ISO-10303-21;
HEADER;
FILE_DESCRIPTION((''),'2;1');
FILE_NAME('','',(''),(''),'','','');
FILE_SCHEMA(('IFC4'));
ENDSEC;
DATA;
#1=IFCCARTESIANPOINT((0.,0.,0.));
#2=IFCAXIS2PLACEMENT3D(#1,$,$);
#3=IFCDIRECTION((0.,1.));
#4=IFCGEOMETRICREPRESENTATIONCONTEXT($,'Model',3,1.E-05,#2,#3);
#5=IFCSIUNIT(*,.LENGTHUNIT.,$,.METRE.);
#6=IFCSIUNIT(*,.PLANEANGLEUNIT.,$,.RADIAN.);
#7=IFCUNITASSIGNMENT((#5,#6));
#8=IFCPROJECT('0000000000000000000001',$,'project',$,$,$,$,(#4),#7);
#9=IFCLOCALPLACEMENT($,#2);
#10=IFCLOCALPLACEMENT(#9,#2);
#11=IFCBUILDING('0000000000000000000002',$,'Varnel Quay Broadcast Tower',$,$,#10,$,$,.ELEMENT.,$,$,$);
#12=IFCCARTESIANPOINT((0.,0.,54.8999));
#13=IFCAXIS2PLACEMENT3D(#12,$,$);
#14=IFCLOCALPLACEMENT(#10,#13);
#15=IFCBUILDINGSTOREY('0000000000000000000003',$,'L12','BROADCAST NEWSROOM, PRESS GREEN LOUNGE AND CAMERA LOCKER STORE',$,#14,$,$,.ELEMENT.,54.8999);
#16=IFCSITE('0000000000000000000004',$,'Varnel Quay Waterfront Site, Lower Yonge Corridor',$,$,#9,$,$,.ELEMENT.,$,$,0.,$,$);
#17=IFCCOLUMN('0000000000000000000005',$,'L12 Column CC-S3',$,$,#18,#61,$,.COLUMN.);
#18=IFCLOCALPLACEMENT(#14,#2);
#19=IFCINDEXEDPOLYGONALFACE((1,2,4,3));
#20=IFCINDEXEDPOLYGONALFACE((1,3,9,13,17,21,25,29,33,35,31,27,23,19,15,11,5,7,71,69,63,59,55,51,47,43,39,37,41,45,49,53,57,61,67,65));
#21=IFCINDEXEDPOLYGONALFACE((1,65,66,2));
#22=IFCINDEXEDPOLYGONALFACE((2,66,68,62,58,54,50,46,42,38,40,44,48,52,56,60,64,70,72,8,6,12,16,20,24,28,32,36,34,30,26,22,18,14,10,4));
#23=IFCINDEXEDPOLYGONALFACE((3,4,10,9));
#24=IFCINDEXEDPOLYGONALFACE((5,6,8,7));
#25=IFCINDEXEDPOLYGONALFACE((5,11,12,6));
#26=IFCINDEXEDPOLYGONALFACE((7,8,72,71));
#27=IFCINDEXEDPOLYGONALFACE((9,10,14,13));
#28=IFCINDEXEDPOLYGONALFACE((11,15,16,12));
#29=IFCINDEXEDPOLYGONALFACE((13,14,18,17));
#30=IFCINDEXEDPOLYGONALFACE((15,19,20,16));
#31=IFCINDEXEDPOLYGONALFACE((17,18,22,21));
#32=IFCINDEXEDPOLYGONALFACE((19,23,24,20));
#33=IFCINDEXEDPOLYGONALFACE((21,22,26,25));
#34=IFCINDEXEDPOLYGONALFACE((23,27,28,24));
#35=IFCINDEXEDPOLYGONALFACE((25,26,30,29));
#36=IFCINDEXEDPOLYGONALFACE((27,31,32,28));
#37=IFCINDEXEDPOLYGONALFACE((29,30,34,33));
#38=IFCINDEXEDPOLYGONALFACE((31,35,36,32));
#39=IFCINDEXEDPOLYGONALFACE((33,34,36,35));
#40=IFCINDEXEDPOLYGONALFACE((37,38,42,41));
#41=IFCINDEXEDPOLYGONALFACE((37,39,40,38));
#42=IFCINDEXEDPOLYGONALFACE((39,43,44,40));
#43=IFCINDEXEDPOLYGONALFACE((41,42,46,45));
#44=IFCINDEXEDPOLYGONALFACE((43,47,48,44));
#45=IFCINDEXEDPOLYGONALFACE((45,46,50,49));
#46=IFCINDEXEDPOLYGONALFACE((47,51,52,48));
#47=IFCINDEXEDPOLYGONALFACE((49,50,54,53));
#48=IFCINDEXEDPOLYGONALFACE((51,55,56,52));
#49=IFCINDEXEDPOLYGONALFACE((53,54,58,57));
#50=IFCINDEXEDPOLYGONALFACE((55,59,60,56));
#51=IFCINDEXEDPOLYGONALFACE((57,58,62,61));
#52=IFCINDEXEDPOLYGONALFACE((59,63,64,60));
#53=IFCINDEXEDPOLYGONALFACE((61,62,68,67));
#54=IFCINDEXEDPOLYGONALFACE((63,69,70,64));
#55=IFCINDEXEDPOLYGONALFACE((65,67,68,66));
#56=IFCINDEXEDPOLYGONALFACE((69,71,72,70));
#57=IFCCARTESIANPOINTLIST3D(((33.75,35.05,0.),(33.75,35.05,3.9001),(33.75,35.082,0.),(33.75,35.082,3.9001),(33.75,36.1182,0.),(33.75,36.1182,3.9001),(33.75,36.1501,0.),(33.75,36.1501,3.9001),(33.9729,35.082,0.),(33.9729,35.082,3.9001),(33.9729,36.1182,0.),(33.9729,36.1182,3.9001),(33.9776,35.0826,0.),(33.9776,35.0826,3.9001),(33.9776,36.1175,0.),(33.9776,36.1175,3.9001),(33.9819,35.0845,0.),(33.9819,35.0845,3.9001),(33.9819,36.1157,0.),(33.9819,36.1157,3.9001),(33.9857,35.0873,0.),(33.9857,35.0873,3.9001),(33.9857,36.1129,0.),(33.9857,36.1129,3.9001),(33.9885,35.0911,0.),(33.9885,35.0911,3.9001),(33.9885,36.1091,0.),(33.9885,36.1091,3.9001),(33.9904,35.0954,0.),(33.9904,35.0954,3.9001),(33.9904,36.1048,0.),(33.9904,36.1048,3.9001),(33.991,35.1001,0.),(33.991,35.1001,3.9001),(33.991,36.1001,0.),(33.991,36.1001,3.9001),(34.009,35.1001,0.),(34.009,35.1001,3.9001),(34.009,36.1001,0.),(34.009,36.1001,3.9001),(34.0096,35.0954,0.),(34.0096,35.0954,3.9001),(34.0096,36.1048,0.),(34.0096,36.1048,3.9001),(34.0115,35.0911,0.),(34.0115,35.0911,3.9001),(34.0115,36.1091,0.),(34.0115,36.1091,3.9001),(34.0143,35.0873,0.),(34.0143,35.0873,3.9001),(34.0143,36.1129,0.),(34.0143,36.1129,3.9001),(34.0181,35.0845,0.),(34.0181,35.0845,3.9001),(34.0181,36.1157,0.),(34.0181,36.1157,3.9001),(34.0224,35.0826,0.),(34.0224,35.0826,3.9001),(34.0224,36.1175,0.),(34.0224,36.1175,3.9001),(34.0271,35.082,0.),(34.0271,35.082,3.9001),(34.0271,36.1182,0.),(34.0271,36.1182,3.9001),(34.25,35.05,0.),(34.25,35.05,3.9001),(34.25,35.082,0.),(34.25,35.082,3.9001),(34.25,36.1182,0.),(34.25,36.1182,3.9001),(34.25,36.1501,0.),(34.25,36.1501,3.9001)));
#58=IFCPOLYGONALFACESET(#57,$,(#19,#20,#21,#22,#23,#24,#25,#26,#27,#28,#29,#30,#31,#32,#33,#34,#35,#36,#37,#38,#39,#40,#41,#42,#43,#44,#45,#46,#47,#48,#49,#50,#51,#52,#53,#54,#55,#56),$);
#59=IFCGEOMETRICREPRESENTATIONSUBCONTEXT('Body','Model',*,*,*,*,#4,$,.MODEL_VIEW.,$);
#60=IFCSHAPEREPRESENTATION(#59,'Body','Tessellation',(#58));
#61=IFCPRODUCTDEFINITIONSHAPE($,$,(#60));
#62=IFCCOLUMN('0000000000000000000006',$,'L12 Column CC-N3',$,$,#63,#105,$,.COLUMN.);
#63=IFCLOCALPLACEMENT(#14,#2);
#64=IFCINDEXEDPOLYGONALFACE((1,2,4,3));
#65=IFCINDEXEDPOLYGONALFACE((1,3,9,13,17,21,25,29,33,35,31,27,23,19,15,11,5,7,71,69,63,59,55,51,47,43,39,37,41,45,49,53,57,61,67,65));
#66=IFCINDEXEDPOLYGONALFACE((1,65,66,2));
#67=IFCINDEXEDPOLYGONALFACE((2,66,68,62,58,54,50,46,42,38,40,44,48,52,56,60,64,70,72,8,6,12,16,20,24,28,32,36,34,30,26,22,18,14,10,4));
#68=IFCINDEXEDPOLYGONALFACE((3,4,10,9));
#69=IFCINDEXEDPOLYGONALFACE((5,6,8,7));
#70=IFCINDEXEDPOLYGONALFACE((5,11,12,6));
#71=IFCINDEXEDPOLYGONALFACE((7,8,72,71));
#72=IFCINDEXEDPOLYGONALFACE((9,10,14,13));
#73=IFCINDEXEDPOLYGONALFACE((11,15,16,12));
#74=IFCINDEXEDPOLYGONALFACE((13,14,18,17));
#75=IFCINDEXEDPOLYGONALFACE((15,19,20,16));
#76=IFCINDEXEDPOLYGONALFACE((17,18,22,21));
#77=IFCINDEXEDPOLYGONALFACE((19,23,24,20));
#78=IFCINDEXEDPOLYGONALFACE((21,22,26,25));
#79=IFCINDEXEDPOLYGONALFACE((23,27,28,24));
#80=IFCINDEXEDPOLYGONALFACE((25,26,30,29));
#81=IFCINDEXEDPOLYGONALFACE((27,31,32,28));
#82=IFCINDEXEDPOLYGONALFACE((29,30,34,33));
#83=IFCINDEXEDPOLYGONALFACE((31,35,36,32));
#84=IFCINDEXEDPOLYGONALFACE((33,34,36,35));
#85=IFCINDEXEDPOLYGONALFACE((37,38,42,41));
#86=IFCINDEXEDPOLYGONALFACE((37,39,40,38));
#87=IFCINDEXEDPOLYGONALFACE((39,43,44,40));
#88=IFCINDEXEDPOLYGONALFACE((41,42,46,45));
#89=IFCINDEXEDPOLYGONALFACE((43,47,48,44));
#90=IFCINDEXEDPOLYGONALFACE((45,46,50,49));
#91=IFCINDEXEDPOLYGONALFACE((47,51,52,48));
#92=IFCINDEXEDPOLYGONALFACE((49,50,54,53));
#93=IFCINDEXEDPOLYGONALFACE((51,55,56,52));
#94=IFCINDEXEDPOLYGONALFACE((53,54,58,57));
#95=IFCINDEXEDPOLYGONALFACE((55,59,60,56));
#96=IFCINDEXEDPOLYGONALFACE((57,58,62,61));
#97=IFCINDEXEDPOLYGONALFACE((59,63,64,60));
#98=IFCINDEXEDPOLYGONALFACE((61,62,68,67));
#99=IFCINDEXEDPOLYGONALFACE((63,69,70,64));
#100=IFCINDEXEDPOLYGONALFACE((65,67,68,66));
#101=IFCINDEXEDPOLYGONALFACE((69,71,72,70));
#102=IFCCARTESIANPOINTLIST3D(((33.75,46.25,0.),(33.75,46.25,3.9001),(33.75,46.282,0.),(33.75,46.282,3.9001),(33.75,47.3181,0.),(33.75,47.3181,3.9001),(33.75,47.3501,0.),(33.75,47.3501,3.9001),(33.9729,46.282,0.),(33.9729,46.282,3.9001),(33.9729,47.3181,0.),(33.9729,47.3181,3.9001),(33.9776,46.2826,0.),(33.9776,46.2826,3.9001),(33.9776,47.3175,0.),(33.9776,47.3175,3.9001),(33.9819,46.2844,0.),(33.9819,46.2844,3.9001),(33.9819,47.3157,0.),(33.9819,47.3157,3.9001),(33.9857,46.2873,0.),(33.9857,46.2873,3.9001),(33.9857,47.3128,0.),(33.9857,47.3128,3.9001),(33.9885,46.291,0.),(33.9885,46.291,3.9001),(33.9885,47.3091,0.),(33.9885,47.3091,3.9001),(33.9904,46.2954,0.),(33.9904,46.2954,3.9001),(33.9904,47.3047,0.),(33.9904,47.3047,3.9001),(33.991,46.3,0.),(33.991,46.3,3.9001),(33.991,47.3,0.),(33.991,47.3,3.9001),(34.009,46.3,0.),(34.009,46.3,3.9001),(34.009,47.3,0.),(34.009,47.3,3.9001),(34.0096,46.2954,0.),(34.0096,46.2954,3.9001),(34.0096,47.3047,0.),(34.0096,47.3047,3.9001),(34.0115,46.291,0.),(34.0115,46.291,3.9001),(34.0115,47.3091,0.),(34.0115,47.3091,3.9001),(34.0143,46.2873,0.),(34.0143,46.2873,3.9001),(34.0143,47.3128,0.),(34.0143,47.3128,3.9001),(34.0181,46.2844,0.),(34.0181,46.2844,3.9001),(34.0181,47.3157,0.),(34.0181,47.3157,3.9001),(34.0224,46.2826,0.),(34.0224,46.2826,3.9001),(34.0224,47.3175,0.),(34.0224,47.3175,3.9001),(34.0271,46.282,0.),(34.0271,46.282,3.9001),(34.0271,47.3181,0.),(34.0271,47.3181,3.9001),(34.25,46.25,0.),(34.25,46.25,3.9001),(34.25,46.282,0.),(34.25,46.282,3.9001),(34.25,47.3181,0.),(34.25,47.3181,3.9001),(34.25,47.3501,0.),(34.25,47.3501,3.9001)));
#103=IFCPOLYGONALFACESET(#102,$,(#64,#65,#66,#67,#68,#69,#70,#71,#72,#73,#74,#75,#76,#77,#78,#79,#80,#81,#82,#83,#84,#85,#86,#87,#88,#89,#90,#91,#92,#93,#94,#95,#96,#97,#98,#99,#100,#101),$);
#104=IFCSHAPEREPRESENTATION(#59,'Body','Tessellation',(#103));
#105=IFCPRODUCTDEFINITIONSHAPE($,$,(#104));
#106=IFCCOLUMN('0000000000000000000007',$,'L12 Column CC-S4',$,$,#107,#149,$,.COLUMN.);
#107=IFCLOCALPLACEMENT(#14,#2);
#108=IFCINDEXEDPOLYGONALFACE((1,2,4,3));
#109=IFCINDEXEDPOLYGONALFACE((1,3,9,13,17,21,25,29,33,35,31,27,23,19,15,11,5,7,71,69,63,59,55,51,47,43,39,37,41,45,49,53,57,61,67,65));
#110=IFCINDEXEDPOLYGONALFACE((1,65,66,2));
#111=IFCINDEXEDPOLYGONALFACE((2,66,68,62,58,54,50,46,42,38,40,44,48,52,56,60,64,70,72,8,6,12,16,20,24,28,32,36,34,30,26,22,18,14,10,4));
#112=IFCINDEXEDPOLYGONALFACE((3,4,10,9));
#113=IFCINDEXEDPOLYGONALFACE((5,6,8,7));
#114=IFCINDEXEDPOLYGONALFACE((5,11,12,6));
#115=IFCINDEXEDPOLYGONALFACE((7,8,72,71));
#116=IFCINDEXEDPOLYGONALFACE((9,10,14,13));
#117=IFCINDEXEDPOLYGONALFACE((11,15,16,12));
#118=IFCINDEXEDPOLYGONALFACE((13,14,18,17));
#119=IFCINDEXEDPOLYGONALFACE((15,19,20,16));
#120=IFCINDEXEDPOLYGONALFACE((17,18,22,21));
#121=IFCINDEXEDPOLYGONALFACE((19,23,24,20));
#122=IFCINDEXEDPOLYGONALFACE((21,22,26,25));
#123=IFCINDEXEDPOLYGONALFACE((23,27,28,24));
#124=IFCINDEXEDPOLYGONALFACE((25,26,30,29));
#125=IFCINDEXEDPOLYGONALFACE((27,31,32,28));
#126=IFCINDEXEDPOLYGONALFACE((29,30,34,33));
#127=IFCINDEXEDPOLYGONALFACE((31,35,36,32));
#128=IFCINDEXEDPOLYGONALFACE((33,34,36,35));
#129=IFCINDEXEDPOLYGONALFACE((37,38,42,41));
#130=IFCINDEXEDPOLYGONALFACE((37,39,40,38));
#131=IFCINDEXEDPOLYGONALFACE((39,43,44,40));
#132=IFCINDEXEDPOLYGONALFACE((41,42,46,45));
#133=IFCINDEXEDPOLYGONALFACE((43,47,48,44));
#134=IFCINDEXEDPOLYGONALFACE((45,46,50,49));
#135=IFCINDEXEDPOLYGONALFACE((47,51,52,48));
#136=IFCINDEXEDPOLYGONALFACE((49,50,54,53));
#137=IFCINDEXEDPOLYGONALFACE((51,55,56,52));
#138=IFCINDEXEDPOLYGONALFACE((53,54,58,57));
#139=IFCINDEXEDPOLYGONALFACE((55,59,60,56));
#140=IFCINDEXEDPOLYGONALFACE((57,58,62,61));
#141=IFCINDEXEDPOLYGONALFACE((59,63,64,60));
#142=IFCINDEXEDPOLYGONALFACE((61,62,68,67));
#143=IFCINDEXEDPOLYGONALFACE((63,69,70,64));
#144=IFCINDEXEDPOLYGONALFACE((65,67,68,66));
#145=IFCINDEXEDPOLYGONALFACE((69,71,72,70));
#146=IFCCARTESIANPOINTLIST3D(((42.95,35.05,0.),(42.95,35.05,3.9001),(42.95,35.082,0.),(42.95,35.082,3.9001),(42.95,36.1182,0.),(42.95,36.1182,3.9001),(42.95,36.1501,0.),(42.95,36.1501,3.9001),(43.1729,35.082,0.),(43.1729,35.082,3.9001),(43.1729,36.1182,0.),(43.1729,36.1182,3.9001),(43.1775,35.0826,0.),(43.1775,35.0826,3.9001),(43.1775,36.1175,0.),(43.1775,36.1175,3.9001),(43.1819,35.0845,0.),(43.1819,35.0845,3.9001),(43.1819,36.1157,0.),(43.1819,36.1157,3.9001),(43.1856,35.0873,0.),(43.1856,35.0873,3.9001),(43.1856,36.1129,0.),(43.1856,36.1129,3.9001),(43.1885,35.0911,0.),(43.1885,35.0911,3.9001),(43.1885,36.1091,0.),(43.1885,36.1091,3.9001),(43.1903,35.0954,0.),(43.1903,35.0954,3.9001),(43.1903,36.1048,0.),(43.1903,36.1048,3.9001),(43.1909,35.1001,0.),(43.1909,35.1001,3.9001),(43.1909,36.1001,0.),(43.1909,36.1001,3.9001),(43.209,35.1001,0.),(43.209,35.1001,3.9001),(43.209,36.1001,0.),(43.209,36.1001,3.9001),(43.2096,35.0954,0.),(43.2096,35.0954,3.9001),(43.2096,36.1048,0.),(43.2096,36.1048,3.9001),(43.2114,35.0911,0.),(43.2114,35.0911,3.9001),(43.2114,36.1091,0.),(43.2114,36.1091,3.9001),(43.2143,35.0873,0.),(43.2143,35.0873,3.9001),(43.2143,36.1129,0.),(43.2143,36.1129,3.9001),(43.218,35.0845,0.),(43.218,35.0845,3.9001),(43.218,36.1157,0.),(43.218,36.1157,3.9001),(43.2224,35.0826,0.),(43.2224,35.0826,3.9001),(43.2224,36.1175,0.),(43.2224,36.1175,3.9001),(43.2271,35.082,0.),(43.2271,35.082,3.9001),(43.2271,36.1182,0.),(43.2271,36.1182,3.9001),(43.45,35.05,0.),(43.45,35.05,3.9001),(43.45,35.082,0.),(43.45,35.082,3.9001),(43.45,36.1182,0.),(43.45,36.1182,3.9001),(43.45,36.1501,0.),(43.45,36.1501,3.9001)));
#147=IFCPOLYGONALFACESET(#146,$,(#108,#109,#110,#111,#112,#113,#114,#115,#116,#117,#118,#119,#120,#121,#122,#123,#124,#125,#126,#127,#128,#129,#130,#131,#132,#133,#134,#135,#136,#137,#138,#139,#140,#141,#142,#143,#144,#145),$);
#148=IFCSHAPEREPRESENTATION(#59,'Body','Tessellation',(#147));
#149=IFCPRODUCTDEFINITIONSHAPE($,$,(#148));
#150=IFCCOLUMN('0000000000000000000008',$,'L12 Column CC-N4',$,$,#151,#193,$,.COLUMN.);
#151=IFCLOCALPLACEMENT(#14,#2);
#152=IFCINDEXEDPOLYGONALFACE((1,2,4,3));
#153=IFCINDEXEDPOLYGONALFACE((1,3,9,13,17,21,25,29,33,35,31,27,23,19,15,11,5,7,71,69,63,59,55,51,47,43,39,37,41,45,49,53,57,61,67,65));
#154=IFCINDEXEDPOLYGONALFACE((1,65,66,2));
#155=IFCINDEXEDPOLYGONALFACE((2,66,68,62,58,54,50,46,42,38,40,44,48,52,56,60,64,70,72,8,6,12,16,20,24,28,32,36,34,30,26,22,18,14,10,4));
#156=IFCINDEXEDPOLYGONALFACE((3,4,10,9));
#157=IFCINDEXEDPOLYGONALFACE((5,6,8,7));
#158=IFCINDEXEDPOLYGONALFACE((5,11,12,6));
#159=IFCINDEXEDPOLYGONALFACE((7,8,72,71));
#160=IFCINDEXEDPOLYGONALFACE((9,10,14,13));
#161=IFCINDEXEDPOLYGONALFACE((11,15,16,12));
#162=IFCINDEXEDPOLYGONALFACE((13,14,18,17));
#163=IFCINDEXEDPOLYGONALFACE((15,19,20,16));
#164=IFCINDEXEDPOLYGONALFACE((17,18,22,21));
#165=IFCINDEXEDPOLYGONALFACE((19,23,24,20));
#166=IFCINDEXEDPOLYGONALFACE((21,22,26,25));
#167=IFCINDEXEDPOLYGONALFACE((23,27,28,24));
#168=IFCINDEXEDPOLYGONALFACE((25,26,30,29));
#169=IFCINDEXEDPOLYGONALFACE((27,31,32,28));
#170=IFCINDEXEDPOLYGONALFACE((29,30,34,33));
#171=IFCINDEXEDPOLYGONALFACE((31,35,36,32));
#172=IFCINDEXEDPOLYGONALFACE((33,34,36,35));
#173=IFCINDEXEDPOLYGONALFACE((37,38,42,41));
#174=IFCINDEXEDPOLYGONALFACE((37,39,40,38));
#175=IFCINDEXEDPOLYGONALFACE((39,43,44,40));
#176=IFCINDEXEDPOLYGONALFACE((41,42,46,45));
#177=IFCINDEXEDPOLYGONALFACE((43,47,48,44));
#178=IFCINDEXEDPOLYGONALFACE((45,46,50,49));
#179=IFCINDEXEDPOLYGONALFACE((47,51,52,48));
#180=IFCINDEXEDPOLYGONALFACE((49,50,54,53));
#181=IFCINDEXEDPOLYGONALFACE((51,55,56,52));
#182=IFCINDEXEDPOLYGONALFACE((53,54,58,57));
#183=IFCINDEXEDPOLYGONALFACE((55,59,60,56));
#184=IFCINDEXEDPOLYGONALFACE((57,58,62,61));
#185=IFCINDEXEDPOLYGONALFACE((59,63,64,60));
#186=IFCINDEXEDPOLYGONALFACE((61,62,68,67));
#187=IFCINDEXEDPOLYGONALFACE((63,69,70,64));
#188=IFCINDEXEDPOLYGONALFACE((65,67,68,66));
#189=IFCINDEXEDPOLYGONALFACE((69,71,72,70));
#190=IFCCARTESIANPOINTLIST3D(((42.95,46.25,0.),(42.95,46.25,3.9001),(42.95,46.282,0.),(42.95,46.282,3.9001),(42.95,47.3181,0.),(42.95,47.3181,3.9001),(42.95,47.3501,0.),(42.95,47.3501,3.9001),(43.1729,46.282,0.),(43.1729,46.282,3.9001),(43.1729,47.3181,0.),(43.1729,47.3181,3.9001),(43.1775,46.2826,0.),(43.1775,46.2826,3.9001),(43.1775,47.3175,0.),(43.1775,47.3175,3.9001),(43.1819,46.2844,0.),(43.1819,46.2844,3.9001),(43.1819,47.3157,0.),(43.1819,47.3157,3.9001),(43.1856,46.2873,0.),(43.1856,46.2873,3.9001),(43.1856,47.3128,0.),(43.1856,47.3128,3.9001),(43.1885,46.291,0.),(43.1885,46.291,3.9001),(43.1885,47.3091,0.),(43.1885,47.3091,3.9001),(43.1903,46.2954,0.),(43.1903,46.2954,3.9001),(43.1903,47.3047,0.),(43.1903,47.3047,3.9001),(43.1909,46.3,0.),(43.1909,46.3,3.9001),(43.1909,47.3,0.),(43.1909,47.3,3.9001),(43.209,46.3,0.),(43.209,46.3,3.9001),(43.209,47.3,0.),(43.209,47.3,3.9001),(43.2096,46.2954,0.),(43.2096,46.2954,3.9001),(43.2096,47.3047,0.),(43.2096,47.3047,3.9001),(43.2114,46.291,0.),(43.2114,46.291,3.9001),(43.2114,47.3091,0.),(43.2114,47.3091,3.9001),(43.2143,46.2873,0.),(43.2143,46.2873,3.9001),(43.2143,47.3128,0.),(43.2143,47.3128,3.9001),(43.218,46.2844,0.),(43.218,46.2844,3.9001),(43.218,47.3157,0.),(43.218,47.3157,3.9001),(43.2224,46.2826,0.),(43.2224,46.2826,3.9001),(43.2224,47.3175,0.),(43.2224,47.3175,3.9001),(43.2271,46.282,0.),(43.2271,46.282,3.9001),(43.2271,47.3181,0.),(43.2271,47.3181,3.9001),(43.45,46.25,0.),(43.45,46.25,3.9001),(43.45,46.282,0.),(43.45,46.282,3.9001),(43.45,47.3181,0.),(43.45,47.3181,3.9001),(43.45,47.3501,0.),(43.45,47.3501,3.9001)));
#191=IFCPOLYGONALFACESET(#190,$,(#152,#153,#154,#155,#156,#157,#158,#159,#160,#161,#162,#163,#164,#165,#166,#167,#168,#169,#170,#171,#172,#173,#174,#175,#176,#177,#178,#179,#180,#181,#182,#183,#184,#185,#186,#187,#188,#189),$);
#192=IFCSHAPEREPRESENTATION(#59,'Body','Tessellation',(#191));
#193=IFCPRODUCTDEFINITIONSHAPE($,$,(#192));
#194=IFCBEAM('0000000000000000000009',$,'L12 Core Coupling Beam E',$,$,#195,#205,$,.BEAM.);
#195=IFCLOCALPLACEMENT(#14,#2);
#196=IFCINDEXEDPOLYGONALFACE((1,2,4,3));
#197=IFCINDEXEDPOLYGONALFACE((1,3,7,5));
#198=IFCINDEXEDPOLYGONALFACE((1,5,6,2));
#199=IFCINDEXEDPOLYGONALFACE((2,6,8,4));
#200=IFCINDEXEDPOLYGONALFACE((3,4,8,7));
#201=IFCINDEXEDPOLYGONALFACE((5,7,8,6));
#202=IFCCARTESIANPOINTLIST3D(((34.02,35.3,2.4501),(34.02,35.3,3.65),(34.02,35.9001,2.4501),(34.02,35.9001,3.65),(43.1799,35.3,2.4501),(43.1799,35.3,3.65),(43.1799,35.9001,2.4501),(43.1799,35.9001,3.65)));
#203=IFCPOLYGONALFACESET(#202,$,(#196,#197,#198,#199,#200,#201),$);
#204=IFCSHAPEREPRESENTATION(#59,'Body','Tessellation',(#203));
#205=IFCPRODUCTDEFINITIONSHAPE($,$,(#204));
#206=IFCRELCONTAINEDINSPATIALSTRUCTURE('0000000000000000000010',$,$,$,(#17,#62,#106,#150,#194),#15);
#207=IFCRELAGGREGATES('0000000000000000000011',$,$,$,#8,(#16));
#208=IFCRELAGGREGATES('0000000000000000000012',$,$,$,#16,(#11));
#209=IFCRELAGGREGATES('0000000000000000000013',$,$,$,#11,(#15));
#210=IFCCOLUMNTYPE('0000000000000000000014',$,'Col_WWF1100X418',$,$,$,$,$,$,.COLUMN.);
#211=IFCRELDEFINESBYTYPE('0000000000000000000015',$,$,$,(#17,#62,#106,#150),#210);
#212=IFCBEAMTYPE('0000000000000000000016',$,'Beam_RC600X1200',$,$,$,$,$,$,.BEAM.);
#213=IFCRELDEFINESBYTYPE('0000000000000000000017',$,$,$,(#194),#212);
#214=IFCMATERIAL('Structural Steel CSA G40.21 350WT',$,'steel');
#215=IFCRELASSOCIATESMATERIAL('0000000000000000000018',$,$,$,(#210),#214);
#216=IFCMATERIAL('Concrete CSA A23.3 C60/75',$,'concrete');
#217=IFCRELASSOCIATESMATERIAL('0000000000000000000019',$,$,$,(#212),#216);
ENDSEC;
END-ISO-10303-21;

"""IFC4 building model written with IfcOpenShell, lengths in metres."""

from ifc_helpers import new_model, si_unit, direction, frame, origin, origin_2d, place, context, subcontext, project, spatial, rectangle, i_section, extrude, source, transform, mapped, material, material_profile, profile_set, type_object, type_shapes, element, save


model = new_model("IFC4")

# Units and contexts
model_context = context("Model", 3, precision=1e-05, world=origin(), true_north=direction((0.0, 1.0)))
body_context = subcontext(model_context, "Body", "Model", "MODEL_VIEW")
ifc_project = project(units=[si_unit("LENGTHUNIT", "METRE"), si_unit("PLANEANGLEUNIT", "RADIAN")], contexts=[model_context])

# Site, building, storey
site_placement = place(None, origin())
site = spatial("IfcSite", under=ifc_project, at=site_placement, Name="Varnel Quay Waterfront Site, Lower Yonge Corridor", CompositionType="ELEMENT", RefElevation=0.0)
building_placement = place(site_placement, origin())
building = spatial("IfcBuilding", under=site, at=building_placement, Name="Varnel Quay Broadcast Tower", CompositionType="ELEMENT")
storey_placement = place(building_placement, frame((0.0, 0.0, 54.8999)))
storey = spatial("IfcBuildingStorey", under=building, at=storey_placement, Name="L12", Description="BROADCAST NEWSROOM, PRESS GREEN LOUNGE AND CAMERA LOCKER STORE", CompositionType="ELEMENT", Elevation=54.8999)

# Columns
ifc_material_1 = material(Name="Structural Steel CSA G40.21 350WT", Category="steel")
ifc_material_profile_1 = material_profile(ifc_material_1, i_section(OverallWidth=0.5, OverallDepth=1.1001, WebThickness=0.0181, FlangeThickness=0.032, FilletRadius=0.0181, at=origin_2d()), Name="WWF1100X418")
ifc_profile_set_1 = profile_set([ifc_material_profile_1], Name="Structural Steel CSA G40.21 350WT")
column_type = type_object("IfcColumnType", Name="Col_WWF1100X418", PredefinedType="COLUMN", material=ifc_profile_set_1)
shared_shape_1 = source(origin(), body_context, "Body", "SweptSolid", [
    extrude(i_section(OverallWidth=0.5, OverallDepth=1.1001, WebThickness=0.0181, FlangeThickness=0.032, FilletRadius=0.0181, at=origin_2d()), origin(), (0.0, 0.0, 1.0), 3.9001),
])
type_shapes(column_type, [shared_shape_1])
for number, where, z_axis, x_axis, name in (
    (1, (34.0, 35.6001, 0.0), (0.0, 0.0, 1.0), (1.0, 0.0, 0.0), "L12 Column CC-S3"),
    (2, (34.0, 46.8, 0.0), (0.0, 0.0, 1.0), (1.0, 0.0, 0.0), "L12 Column CC-N3"),
    (3, (43.2, 35.6001, 0.0), (0.0, 0.0, 1.0), (1.0, 0.0, 0.0), "L12 Column CC-S4"),
    (4, (43.2, 46.8, 0.0), (0.0, 0.0, 1.0), (1.0, 0.0, 0.0), "L12 Column CC-N4"),
):
    element("IfcColumn", number, at=place(storey_placement, frame(where, z_axis=z_axis, x_axis=x_axis)), inside=storey, type_object=column_type, Name=name, PredefinedType="COLUMN", context=body_context, shape_type="MappedRepresentation", body=[
        mapped(shared_shape_1, transform((0.0, 0.0, 0.0), x_axis=(1.0, 0.0, 0.0), y_axis=(0.0, 1.0, 0.0), z_axis=(0.0, 0.0, 1.0), scale=1.0)),
    ])

# Beam
ifc_material_2 = material(Name="Concrete CSA A23.3 C60/75", Category="concrete")
ifc_material_profile_2 = material_profile(ifc_material_2, rectangle(XDim=0.6001, YDim=1.2, at=origin_2d()), Name="RC600X1200")
ifc_profile_set_2 = profile_set([ifc_material_profile_2], Name="Concrete CSA A23.3 C60/75")
beam_type_1 = type_object("IfcBeamType", Name="Beam_RC600X1200", PredefinedType="BEAM", material=ifc_profile_set_2)
shared_shape_2 = source(origin(), body_context, "Body", "SweptSolid", [
    extrude(rectangle(XDim=0.6001, YDim=1.2, at=origin_2d()), origin(), (0.0, 0.0, 1.0), 9.1599),
])
type_shapes(beam_type_1, [shared_shape_2])
beam_1_placement = place(storey_placement, frame((34.02, 35.6001, 3.05), z_axis=(1.0, 0.0, 0.0), x_axis=(0.0, 1.0, 0.0)))
element("IfcBeam", 5, at=beam_1_placement, inside=storey, type_object=beam_type_1, Name="L12 Core Coupling Beam E", PredefinedType="BEAM", context=body_context, shape_type="MappedRepresentation", body=[
    mapped(shared_shape_2, transform((0.0, 0.0, 0.0), x_axis=(1.0, 0.0, 0.0), y_axis=(0.0, 1.0, 0.0), z_axis=(0.0, 0.0, 1.0), scale=1.0)),
])

save(model, "model.ifc")
